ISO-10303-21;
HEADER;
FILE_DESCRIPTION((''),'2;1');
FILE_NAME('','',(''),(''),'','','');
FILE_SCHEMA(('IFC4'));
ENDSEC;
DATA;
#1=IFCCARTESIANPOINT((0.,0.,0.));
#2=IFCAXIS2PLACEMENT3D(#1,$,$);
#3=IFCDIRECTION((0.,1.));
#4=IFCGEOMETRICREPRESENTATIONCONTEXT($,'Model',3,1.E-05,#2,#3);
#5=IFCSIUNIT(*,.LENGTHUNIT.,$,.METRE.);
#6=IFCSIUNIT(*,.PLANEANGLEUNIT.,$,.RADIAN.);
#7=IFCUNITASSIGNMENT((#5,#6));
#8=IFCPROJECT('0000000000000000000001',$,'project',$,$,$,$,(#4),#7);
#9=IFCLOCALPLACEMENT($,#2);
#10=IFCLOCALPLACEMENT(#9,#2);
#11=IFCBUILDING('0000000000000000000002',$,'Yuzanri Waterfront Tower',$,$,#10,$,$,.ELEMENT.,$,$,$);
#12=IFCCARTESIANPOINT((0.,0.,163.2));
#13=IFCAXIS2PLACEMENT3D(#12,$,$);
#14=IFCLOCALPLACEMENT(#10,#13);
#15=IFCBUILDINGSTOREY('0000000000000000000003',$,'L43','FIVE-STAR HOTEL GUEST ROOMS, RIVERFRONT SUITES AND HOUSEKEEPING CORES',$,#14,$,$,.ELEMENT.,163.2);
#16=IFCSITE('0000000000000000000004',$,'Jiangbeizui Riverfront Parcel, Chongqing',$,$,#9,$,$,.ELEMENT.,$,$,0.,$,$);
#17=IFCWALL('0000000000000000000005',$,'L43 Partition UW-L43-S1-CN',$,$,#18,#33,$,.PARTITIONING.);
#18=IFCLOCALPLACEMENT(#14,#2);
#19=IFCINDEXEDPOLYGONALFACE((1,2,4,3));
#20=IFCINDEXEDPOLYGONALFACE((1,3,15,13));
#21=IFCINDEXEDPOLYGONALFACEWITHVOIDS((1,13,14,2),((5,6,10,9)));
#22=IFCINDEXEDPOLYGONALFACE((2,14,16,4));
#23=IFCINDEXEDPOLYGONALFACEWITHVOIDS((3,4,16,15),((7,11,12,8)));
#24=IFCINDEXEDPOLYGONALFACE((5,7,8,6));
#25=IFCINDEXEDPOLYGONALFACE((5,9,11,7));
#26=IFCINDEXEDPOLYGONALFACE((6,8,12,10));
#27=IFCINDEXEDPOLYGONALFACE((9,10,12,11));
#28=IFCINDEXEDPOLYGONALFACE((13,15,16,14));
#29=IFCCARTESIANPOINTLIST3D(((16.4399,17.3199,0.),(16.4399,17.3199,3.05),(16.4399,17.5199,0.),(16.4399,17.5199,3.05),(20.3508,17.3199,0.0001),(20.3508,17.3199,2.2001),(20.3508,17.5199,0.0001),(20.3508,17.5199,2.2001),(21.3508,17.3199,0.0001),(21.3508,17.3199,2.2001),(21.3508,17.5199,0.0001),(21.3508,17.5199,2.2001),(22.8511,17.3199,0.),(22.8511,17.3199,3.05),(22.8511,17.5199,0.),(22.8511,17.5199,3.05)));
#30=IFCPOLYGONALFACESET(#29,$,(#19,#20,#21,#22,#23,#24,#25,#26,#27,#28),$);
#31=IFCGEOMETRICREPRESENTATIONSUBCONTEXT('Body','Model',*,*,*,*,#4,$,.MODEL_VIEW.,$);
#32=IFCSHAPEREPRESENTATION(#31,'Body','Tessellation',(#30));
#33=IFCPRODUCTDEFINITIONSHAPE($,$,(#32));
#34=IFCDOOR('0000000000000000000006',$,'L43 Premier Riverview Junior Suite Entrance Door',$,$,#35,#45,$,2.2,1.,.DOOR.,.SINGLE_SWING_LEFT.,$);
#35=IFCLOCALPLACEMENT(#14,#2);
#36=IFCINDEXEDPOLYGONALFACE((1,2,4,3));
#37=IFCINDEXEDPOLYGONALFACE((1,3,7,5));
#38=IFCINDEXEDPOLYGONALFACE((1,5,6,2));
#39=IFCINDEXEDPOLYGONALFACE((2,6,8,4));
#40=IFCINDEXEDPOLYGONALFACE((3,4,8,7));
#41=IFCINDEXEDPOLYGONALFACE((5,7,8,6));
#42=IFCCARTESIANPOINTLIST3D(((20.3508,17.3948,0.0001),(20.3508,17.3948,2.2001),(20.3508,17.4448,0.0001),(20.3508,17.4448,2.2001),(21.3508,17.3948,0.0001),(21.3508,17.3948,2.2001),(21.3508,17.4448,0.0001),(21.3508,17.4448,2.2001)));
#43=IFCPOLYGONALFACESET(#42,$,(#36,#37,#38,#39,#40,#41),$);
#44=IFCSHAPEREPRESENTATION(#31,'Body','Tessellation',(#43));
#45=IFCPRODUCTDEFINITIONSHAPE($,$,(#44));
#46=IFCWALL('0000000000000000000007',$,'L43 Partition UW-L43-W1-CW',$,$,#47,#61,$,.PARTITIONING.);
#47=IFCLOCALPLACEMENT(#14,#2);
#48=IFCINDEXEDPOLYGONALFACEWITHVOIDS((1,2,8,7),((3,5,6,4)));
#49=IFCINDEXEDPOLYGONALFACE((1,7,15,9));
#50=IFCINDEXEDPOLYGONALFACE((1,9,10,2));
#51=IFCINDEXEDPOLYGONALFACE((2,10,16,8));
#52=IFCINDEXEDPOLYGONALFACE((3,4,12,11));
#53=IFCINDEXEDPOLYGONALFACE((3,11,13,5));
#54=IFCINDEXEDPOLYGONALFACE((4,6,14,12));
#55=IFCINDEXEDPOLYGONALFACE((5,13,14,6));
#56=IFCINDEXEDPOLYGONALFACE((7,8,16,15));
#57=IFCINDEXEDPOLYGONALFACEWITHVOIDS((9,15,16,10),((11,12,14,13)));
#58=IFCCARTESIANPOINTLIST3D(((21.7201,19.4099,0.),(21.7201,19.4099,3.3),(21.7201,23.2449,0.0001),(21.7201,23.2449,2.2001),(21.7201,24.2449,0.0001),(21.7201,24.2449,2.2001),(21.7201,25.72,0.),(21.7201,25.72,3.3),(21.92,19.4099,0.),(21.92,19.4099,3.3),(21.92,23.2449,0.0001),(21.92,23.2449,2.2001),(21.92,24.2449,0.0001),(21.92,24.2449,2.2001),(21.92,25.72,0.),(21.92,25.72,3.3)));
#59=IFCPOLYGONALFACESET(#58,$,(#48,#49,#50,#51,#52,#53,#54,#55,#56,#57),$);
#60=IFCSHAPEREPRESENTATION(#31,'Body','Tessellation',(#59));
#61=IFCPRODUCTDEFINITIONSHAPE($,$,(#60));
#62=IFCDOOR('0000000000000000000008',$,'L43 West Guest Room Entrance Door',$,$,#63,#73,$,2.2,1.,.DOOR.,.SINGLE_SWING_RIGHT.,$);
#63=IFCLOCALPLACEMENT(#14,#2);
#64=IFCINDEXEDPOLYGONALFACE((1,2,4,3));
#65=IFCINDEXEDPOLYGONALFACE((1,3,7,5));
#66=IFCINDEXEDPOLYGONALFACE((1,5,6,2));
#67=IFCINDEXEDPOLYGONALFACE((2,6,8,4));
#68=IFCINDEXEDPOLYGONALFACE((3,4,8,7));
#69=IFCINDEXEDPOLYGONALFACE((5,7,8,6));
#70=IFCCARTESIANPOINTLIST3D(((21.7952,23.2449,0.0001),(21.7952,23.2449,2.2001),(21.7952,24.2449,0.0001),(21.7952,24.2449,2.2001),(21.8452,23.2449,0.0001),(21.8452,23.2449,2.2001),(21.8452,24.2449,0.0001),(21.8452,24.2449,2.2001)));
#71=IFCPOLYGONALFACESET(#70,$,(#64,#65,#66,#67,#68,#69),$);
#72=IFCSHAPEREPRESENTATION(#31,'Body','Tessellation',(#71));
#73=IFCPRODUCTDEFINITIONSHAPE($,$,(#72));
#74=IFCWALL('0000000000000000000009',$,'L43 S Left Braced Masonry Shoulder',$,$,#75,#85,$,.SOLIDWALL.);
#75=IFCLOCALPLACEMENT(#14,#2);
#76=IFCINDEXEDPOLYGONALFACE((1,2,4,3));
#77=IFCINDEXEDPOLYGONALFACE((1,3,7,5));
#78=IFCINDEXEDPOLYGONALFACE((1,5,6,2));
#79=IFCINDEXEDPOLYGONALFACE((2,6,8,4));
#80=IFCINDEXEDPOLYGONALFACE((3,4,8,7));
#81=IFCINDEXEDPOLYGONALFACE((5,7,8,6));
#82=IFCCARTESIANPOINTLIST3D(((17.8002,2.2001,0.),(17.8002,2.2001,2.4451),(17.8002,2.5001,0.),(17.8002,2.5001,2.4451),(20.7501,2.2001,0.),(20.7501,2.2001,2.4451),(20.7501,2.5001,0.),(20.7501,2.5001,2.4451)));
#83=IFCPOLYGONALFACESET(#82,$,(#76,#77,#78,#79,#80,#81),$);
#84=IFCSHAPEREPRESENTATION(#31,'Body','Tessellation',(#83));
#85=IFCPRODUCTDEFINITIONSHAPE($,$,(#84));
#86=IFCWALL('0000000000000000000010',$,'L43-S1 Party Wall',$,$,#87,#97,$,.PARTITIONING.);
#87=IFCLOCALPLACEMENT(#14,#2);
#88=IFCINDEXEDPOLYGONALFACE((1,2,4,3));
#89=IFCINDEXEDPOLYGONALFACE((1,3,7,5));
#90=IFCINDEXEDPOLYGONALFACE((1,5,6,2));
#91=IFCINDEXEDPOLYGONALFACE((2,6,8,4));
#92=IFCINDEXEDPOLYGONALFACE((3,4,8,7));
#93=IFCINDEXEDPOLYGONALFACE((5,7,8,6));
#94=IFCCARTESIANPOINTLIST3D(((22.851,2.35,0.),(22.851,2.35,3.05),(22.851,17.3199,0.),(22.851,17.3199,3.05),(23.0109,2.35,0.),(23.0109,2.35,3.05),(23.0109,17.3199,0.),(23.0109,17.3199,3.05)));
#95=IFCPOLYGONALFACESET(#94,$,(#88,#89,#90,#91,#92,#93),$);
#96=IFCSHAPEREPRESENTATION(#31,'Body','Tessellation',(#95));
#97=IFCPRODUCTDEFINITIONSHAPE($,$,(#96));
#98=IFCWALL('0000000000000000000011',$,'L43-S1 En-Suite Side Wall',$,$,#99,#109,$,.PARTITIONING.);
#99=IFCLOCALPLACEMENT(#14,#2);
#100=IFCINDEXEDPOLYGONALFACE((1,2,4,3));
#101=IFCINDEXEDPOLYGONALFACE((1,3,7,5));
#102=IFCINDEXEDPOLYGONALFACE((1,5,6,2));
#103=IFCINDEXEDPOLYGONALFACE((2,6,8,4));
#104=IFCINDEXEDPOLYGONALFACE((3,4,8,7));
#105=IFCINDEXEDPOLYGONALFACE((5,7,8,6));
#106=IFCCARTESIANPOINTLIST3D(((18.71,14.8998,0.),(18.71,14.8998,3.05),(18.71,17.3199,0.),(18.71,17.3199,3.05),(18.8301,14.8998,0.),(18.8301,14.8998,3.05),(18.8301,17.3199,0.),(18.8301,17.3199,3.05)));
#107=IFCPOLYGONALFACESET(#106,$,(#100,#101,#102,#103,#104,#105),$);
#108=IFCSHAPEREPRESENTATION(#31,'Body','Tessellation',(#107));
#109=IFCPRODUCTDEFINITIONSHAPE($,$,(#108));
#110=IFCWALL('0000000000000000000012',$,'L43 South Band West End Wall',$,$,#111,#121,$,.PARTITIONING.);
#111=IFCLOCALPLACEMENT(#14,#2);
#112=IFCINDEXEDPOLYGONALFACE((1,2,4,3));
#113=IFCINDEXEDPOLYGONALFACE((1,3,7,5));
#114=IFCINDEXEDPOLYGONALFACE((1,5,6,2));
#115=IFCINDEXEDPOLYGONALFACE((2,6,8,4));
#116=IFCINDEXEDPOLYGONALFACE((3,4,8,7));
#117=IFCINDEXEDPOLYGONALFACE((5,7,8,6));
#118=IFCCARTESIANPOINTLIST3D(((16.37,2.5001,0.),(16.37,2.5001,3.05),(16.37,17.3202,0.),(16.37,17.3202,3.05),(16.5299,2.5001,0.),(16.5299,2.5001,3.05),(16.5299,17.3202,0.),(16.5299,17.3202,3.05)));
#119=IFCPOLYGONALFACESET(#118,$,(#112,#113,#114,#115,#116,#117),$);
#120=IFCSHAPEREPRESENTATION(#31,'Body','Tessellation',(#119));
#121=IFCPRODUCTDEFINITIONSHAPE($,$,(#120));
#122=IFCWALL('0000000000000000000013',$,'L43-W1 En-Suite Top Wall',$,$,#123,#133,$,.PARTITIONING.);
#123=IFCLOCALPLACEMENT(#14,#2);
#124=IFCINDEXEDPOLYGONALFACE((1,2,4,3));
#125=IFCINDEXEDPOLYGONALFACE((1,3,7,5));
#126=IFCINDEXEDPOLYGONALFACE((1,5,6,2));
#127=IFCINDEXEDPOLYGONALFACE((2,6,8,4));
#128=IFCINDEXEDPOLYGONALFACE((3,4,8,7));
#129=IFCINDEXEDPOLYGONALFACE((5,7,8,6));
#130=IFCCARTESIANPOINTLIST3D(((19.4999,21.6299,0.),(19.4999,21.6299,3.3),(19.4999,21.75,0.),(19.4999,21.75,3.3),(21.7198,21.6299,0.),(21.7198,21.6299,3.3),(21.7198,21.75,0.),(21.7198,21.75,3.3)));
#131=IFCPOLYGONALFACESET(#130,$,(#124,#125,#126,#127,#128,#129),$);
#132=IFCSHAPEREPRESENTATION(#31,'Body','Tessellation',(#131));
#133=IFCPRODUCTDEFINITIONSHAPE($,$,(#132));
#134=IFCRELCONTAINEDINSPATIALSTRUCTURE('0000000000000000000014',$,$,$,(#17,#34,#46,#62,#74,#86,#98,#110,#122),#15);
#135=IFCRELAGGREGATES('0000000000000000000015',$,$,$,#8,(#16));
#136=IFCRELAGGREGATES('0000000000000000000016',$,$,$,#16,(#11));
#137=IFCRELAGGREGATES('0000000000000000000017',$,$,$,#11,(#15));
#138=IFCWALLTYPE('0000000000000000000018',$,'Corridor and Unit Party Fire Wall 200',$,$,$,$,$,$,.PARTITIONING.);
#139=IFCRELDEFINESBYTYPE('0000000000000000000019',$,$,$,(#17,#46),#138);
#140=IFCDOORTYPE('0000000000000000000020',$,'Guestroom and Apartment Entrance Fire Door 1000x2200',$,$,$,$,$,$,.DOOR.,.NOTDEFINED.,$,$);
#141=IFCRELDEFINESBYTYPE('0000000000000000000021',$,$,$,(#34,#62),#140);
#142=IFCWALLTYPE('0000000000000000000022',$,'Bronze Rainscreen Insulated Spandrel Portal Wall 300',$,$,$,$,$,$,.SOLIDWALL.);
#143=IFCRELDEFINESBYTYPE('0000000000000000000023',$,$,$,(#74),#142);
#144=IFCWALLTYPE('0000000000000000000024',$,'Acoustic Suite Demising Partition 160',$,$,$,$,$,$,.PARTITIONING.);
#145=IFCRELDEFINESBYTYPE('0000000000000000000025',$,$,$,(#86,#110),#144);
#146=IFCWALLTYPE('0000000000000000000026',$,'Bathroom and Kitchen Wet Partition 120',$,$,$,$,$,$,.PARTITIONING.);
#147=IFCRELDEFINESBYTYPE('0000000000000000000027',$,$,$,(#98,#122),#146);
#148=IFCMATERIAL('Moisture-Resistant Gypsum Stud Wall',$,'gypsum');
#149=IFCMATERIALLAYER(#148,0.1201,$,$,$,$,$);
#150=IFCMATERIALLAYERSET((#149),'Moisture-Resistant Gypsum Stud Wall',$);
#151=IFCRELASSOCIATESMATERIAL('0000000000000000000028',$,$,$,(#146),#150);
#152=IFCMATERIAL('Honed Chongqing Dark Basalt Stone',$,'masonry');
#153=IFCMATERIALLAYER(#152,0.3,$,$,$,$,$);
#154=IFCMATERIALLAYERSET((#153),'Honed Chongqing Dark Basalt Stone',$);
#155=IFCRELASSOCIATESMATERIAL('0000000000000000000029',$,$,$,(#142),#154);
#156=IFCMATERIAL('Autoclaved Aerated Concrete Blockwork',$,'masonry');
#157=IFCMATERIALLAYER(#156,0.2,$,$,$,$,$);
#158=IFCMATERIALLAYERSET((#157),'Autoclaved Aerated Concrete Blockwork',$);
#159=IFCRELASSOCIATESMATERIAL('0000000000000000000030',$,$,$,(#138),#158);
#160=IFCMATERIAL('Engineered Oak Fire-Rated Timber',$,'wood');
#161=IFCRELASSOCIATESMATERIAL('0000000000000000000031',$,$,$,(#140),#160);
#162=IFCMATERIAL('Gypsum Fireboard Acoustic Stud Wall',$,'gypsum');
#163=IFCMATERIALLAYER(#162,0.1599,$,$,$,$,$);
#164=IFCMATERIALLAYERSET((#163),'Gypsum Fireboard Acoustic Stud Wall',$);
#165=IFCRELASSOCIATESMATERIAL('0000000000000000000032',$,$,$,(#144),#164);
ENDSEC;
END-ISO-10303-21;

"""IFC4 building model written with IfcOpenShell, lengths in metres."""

from ifc_helpers import new_model, si_unit, direction, frame, frame_2d, origin, place, context, subcontext, project, spatial, rectangle, extrude, source, transform, mapped, material, layer, layer_set, type_object, element, fill, save


model = new_model("IFC4")

# Units and contexts
model_context = context("Model", 3, precision=1e-05, world=origin(), true_north=direction((0.0, 1.0)))
body_context = subcontext(model_context, "Body", "Model", "MODEL_VIEW")
ifc_project = project(units=[si_unit("LENGTHUNIT", "METRE"), si_unit("PLANEANGLEUNIT", "RADIAN")], contexts=[model_context])

# Site, building, storey
site_placement = place(None, origin())
site = spatial("IfcSite", under=ifc_project, at=site_placement, Name="Jiangbeizui Riverfront Parcel, Chongqing", CompositionType="ELEMENT", RefElevation=0.0)
building_placement = place(site_placement, origin())
building = spatial("IfcBuilding", under=site, at=building_placement, Name="Yuzanri Waterfront Tower", CompositionType="ELEMENT")
storey_placement = place(building_placement, frame((0.0, 0.0, 163.2)))
storey = spatial("IfcBuildingStorey", under=building, at=storey_placement, Name="L43", Description="FIVE-STAR HOTEL GUEST ROOMS, RIVERFRONT SUITES AND HOUSEKEEPING CORES", CompositionType="ELEMENT", Elevation=163.2)

# Shared definitions
ifc_material_1 = material(Name="Moisture-Resistant Gypsum Stud Wall", Category="gypsum")
ifc_layer_1 = layer(ifc_material_1, 0.1201)
ifc_layer_set_1 = layer_set([ifc_layer_1], Name="Moisture-Resistant Gypsum Stud Wall")
wall_type_1 = type_object("IfcWallType", Name="Bathroom and Kitchen Wet Partition 120", PredefinedType="PARTITIONING", material=ifc_layer_set_1)

# Shared definitions
ifc_material_2 = material(Name="Honed Chongqing Dark Basalt Stone", Category="masonry")
ifc_layer_2 = layer(ifc_material_2, 0.3)
ifc_layer_set_2 = layer_set([ifc_layer_2], Name="Honed Chongqing Dark Basalt Stone")
wall_type_2 = type_object("IfcWallType", Name="Bronze Rainscreen Insulated Spandrel Portal Wall 300", PredefinedType="SOLIDWALL", material=ifc_layer_set_2)

# Walls, openings, doors
ifc_material_3 = material(Name="Autoclaved Aerated Concrete Blockwork", Category="masonry")
ifc_layer_3 = layer(ifc_material_3, 0.2)
ifc_layer_set_3 = layer_set([ifc_layer_3], Name="Autoclaved Aerated Concrete Blockwork")
wall_type_3 = type_object("IfcWallType", Name="Corridor and Unit Party Fire Wall 200", PredefinedType="PARTITIONING", material=ifc_layer_set_3)
wall_1_placement = place(storey_placement, frame((16.4399, 17.4199, 0.0), z_axis=(0.0, 0.0, 1.0), x_axis=(1.0, 0.0, 0.0)))
wall_1 = element("IfcWall", 1, at=wall_1_placement, inside=storey, type_object=wall_type_3, Name="L43 Partition UW-L43-S1-CN", PredefinedType="PARTITIONING", context=body_context, shape_type="SweptSolid", body=[
    extrude(rectangle(XDim=6.4111, YDim=0.2, at=frame_2d((3.2056, 0.0))), origin(), (0.0, 0.0, 1.0), 3.05),
])
opening_1_placement = place(wall_1_placement, frame((3.9109, 0.0, 0.0)))
opening_1 = element("IfcOpeningElement", 2, at=opening_1_placement, cuts=wall_1, PredefinedType="OPENING", context=body_context, shape_type="SweptSolid", body=[
    extrude(rectangle(XDim=1.0, YDim=2.2, at=frame_2d((0.5, 1.1001))), frame((0.0, 0.1147, 0.0), z_axis=(0.0, -1.0, 0.0), x_axis=(1.0, 0.0, 0.0)), (0.0, 0.0, 1.0), 0.2297),
])
ifc_material_4 = material(Name="Engineered Oak Fire-Rated Timber", Category="wood")
door_type_1 = type_object("IfcDoorType", Name="Guestroom and Apartment Entrance Fire Door 1000x2200", OperationType="NOTDEFINED", PredefinedType="DOOR", material=ifc_material_4)
shared_shape_1 = source(origin(), body_context, "Body", "SweptSolid", [
    extrude(rectangle(XDim=1.0, YDim=2.2, at=frame_2d((0.5, 1.1001))), frame((0.0, 0.0249, 0.0), z_axis=(0.0, -1.0, 0.0), x_axis=(1.0, 0.0, 0.0)), (0.0, 0.0, 1.0), 0.05),
])
door_1_placement = place(opening_1_placement, origin())
door_1 = element("IfcDoor", 3, at=door_1_placement, inside=storey, type_object=door_type_1, Name="L43 Premier Riverview Junior Suite Entrance Door", OperationType="SINGLE_SWING_LEFT", OverallHeight=2.2, OverallWidth=1.0, PredefinedType="DOOR", context=body_context, shape_type="MappedRepresentation", body=[
    mapped(shared_shape_1, transform((0.0, 0.0, 0.0), scale=1.0)),
])
fill(opening_1, door_1)
wall_2_placement = place(storey_placement, frame((21.8201, 19.4099, 0.0), z_axis=(0.0, 0.0, 1.0), x_axis=(0.0, 1.0, 0.0)))
wall_2 = element("IfcWall", 4, at=wall_2_placement, inside=storey, type_object=wall_type_3, Name="L43 Partition UW-L43-W1-CW", PredefinedType="PARTITIONING", context=body_context, shape_type="SweptSolid", body=[
    extrude(rectangle(XDim=6.3101, YDim=0.2, at=frame_2d((3.155, 0.0))), origin(), (0.0, 0.0, 1.0), 3.3),
])
opening_2_placement = place(wall_2_placement, frame((3.835, 0.0, 0.0)))
opening_2 = element("IfcOpeningElement", 5, at=opening_2_placement, cuts=wall_2, PredefinedType="OPENING", context=body_context, shape_type="SweptSolid", body=[
    extrude(rectangle(XDim=1.0, YDim=2.2, at=frame_2d((0.5, 1.1001))), frame((0.0, 0.1147, 0.0), z_axis=(0.0, -1.0, 0.0), x_axis=(1.0, 0.0, 0.0)), (0.0, 0.0, 1.0), 0.2297),
])
door_2_placement = place(opening_2_placement, origin())
door_2 = element("IfcDoor", 6, at=door_2_placement, inside=storey, type_object=door_type_1, Name="L43 West Guest Room Entrance Door", OperationType="SINGLE_SWING_RIGHT", OverallHeight=2.2, OverallWidth=1.0, PredefinedType="DOOR", context=body_context, shape_type="MappedRepresentation", body=[
    mapped(shared_shape_1, transform((0.0, 0.0, 0.0), scale=1.0)),
])
fill(opening_2, door_2)

# Walls
shared_shape_2 = source(origin(), body_context, "Body", "SweptSolid", [
    extrude(rectangle(XDim=2.95, YDim=0.3, at=frame_2d((1.4751, 0.0))), origin(), (0.0, 0.0, 1.0), 2.4451),
])
wall_3_placement = place(storey_placement, frame((17.8, 2.3501, 0.0), z_axis=(0.0, 0.0, 1.0), x_axis=(1.0, 0.0, 0.0)))
element("IfcWall", 7, at=wall_3_placement, inside=storey, type_object=wall_type_2, Name="L43 S Left Braced Masonry Shoulder", PredefinedType="SOLIDWALL", context=body_context, shape_type="MappedRepresentation", body=[
    mapped(shared_shape_2, transform((0.0, 0.0, 0.0), scale=1.0)),
])
ifc_material_5 = material(Name="Gypsum Fireboard Acoustic Stud Wall", Category="gypsum")
ifc_layer_4 = layer(ifc_material_5, 0.1599)
ifc_layer_set_4 = layer_set([ifc_layer_4], Name="Gypsum Fireboard Acoustic Stud Wall")
wall_type_4 = type_object("IfcWallType", Name="Acoustic Suite Demising Partition 160", PredefinedType="PARTITIONING", material=ifc_layer_set_4)
shared_shape_3 = source(origin(), body_context, "Body", "SweptSolid", [
    extrude(rectangle(XDim=14.97, YDim=0.1599, at=frame_2d((7.4849, 0.0))), origin(), (0.0, 0.0, 1.0), 3.05),
])
wall_4_placement = place(storey_placement, frame((22.9309, 2.3501, 0.0), z_axis=(0.0, 0.0, 1.0), x_axis=(0.0, 1.0, 0.0)))
element("IfcWall", 8, at=wall_4_placement, inside=storey, type_object=wall_type_4, Name="L43-S1 Party Wall", PredefinedType="PARTITIONING", context=body_context, shape_type="MappedRepresentation", body=[
    mapped(shared_shape_3, transform((0.0, 0.0, 0.0), scale=1.0)),
])
shared_shape_4 = source(origin(), body_context, "Body", "SweptSolid", [
    extrude(rectangle(XDim=2.4202, YDim=0.1201, at=frame_2d((1.21, 0.0))), origin(), (0.0, 0.0, 1.0), 3.05),
])
wall_5_placement = place(storey_placement, frame((18.77, 14.8999, 0.0), z_axis=(0.0, 0.0, 1.0), x_axis=(0.0, 1.0, 0.0)))
element("IfcWall", 9, at=wall_5_placement, inside=storey, type_object=wall_type_1, Name="L43-S1 En-Suite Side Wall", PredefinedType="PARTITIONING", context=body_context, shape_type="MappedRepresentation", body=[
    mapped(shared_shape_4, transform((0.0, 0.0, 0.0), scale=1.0)),
])
shared_shape_5 = source(origin(), body_context, "Body", "SweptSolid", [
    extrude(rectangle(XDim=14.8201, YDim=0.1599, at=frame_2d((7.4102, 0.0))), origin(), (0.0, 0.0, 1.0), 3.05),
])
wall_6_placement = place(storey_placement, frame((16.45, 2.5, 0.0), z_axis=(0.0, 0.0, 1.0), x_axis=(0.0, 1.0, 0.0)))
element("IfcWall", 10, at=wall_6_placement, inside=storey, type_object=wall_type_4, Name="L43 South Band West End Wall", PredefinedType="PARTITIONING", context=body_context, shape_type="MappedRepresentation", body=[
    mapped(shared_shape_5, transform((0.0, 0.0, 0.0), scale=1.0)),
])
shared_shape_6 = source(origin(), body_context, "Body", "SweptSolid", [
    extrude(rectangle(XDim=2.22, YDim=0.1201, at=frame_2d((1.1099, 0.0))), origin(), (0.0, 0.0, 1.0), 3.3),
])
wall_7_placement = place(storey_placement, frame((19.5, 21.6899, 0.0), z_axis=(0.0, 0.0, 1.0), x_axis=(1.0, 0.0, 0.0)))
element("IfcWall", 11, at=wall_7_placement, inside=storey, type_object=wall_type_1, Name="L43-W1 En-Suite Top Wall", PredefinedType="PARTITIONING", context=body_context, shape_type="MappedRepresentation", body=[
    mapped(shared_shape_6, transform((0.0, 0.0, 0.0), scale=1.0)),
])

save(model, "model.ifc")
